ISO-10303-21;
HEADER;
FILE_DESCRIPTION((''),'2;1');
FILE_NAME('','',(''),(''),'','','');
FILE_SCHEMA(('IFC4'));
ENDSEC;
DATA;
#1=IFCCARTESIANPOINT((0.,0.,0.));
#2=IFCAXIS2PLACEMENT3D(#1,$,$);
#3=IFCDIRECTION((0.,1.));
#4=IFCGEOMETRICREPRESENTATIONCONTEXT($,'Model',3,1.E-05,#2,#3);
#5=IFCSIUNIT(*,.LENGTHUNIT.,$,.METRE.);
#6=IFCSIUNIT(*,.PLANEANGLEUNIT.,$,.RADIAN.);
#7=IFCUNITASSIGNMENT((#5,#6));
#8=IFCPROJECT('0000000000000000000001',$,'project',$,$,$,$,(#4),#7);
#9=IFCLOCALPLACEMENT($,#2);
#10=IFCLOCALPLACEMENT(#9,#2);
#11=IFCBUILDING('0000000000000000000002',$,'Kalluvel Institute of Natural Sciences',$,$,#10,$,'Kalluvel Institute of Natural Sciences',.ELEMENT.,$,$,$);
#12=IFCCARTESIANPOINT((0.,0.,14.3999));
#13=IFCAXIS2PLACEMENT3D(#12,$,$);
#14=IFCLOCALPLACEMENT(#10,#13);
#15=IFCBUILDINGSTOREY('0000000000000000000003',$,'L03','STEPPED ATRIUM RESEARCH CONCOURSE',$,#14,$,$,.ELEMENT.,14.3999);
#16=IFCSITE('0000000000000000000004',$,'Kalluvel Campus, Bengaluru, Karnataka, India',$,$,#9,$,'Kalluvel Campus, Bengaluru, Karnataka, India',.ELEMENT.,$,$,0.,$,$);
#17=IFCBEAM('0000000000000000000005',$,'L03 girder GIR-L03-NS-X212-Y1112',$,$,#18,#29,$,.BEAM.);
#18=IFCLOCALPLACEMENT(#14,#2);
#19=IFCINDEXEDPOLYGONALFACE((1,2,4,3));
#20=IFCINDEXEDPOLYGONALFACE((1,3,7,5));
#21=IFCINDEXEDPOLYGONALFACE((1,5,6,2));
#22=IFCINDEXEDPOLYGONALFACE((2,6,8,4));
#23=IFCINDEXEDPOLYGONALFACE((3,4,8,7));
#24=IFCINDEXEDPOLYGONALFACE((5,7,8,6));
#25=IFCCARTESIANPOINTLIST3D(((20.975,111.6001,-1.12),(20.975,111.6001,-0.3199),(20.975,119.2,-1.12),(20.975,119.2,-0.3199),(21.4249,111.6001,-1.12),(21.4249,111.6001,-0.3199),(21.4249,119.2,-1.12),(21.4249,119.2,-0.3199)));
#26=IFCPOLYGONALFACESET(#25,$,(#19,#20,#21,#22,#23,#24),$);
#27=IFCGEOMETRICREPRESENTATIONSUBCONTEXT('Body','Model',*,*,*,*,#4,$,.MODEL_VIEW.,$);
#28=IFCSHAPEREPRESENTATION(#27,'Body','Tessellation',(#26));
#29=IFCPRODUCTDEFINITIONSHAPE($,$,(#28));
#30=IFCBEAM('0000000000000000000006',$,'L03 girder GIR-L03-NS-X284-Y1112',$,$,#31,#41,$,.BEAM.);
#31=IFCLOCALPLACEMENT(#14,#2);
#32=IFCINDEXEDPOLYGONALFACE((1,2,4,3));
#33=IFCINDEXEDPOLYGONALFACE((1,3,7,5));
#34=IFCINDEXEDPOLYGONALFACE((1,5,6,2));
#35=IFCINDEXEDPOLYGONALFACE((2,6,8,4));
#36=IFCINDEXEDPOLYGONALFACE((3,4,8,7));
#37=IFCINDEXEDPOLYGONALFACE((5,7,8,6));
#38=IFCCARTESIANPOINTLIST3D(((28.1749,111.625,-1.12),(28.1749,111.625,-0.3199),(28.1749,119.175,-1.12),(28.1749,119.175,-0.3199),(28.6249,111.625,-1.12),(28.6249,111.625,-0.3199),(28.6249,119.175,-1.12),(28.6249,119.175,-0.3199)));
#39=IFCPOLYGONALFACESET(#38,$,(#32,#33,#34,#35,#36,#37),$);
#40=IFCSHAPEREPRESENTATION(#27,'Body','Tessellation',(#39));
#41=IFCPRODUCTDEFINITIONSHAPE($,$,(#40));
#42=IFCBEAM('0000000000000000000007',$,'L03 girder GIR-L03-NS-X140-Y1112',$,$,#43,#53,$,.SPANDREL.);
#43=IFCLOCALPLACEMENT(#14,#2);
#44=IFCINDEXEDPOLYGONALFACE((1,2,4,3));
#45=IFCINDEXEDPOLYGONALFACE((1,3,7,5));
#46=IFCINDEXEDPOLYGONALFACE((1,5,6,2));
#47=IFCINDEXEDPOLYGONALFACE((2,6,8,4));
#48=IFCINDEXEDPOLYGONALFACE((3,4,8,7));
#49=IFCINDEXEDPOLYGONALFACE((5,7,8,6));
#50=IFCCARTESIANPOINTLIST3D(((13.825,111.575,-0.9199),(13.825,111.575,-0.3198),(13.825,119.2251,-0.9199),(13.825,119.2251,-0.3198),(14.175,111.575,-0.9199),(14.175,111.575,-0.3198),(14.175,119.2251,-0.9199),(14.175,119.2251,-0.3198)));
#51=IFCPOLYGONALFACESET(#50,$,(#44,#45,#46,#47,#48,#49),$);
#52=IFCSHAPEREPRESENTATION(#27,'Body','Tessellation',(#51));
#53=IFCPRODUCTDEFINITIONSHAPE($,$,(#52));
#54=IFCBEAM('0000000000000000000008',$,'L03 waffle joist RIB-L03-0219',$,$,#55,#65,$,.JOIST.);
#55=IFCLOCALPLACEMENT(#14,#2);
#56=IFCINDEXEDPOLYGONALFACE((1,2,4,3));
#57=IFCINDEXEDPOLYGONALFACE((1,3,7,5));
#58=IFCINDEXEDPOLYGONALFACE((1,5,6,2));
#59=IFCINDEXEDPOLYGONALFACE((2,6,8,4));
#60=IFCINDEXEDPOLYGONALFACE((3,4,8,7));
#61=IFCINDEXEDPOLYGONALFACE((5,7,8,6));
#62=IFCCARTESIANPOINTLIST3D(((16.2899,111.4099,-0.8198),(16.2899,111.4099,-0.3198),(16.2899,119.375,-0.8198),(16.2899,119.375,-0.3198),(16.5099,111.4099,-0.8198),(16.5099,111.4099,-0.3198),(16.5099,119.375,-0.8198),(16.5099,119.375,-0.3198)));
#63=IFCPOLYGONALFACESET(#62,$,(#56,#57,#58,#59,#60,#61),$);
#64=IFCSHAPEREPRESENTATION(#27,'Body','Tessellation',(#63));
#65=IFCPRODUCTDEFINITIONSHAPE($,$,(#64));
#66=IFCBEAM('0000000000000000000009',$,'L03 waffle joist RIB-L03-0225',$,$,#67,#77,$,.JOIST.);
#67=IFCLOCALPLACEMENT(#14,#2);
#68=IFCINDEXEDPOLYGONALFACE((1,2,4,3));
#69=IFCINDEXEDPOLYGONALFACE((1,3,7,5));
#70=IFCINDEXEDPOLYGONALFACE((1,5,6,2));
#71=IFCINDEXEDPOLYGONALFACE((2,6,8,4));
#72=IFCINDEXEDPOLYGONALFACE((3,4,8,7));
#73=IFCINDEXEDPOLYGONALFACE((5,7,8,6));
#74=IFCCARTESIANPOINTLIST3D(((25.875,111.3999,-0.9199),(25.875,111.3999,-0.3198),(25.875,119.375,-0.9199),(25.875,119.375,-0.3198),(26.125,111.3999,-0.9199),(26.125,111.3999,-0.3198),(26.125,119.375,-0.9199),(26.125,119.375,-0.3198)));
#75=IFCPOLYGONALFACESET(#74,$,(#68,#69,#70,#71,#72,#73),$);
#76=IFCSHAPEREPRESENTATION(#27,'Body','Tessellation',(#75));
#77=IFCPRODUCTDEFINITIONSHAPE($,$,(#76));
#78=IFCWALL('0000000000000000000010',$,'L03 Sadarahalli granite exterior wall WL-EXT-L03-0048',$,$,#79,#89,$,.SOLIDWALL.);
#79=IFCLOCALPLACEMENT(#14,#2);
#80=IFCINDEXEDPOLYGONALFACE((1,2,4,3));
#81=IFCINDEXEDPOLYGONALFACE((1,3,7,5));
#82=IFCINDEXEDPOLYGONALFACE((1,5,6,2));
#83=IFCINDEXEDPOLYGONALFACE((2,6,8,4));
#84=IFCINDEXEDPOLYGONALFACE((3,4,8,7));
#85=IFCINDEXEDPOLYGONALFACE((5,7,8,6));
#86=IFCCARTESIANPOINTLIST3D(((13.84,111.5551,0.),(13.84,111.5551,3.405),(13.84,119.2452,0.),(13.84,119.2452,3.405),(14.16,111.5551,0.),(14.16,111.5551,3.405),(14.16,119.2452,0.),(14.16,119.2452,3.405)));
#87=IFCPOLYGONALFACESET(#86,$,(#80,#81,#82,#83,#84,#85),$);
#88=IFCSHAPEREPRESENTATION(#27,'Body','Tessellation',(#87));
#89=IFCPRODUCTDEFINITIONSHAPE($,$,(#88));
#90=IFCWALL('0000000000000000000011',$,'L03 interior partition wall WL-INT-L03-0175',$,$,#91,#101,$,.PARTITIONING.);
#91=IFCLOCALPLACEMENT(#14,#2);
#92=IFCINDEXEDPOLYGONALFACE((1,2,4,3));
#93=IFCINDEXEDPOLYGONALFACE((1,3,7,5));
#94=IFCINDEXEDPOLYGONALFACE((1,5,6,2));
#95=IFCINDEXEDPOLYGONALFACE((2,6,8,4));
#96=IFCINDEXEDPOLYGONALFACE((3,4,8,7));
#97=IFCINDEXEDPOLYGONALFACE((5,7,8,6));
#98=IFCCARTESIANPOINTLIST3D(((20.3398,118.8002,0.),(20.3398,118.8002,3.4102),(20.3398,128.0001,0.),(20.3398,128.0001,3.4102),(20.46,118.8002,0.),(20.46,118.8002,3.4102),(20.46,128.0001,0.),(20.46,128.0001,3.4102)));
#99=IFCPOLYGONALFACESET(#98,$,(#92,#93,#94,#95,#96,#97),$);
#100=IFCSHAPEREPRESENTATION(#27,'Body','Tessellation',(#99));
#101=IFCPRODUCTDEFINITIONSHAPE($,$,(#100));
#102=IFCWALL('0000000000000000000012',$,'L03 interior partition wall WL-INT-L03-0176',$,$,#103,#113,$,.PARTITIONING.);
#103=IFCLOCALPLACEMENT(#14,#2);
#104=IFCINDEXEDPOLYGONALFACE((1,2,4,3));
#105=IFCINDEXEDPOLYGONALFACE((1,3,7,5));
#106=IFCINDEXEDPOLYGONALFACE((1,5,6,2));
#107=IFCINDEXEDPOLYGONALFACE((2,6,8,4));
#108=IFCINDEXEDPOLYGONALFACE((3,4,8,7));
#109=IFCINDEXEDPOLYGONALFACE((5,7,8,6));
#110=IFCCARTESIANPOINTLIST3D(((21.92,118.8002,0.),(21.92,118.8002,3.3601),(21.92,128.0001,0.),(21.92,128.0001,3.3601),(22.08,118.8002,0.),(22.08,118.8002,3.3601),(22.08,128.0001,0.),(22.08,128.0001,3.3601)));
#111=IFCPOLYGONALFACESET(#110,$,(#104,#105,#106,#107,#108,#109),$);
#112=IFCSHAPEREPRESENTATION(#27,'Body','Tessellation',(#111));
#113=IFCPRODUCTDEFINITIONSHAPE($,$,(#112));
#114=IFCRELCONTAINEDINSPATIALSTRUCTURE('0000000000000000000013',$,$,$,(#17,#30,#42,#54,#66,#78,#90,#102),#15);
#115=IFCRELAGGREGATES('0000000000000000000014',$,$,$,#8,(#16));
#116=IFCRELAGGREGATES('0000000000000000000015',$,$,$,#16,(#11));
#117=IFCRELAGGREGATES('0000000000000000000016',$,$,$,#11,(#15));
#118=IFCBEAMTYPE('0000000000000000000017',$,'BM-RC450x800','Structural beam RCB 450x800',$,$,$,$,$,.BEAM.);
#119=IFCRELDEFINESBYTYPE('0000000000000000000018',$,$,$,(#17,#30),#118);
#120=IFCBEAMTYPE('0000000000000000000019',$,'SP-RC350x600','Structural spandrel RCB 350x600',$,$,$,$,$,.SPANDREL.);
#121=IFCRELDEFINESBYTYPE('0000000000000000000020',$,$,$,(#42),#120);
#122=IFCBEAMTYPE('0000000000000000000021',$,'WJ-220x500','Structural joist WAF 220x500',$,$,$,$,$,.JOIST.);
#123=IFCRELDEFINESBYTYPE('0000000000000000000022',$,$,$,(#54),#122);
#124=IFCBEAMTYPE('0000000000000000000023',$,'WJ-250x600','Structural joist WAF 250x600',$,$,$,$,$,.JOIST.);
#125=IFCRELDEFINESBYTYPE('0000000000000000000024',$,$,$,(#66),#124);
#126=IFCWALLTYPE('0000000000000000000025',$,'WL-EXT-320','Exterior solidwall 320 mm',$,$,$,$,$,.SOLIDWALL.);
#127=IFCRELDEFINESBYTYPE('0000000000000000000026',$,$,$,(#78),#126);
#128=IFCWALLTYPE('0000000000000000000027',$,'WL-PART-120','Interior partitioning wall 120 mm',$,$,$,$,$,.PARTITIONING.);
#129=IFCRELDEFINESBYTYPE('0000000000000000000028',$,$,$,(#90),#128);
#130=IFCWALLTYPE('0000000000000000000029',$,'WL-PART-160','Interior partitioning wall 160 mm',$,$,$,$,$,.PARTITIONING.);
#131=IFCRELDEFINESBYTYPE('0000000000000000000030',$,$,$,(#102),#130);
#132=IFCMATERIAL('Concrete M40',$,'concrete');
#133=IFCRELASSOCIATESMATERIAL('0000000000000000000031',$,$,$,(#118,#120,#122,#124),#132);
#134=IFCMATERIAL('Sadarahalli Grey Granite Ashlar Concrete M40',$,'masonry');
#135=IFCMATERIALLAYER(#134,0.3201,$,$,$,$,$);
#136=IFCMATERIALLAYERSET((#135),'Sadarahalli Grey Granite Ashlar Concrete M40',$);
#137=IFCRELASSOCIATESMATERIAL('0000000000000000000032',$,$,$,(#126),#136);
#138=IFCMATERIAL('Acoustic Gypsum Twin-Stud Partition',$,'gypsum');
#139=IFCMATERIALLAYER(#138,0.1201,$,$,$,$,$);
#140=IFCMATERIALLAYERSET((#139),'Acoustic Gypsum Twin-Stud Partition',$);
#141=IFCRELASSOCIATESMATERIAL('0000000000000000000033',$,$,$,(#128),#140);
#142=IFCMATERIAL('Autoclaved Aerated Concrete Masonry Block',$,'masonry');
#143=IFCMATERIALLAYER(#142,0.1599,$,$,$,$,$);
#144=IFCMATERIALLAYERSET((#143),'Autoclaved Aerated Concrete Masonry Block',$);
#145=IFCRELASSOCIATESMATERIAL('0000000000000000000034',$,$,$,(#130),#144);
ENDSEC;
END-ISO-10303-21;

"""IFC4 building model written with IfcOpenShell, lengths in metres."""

from ifc_helpers import new_model, si_unit, direction, frame, frame_2d, origin, origin_2d, place, context, subcontext, project, spatial, rectangle, extrude, material, layer, layer_set, material_profile, profile_set, type_object, element, save


model = new_model("IFC4")

# Units and contexts
model_context = context("Model", 3, precision=1e-05, world=origin(), true_north=direction((0.0, 1.0)))
body_context = subcontext(model_context, "Body", "Model", "MODEL_VIEW")
ifc_project = project(units=[si_unit("LENGTHUNIT", "METRE"), si_unit("PLANEANGLEUNIT", "RADIAN")], contexts=[model_context])

# Site, building, storey
site_placement = place(None, origin())
site = spatial("IfcSite", under=ifc_project, at=site_placement, Name="Kalluvel Campus, Bengaluru, Karnataka, India", LongName="Kalluvel Campus, Bengaluru, Karnataka, India", CompositionType="ELEMENT", RefElevation=0.0)
building_placement = place(site_placement, origin())
building = spatial("IfcBuilding", under=site, at=building_placement, Name="Kalluvel Institute of Natural Sciences", LongName="Kalluvel Institute of Natural Sciences", CompositionType="ELEMENT")
storey_placement = place(building_placement, frame((0.0, 0.0, 14.3999)))
storey = spatial("IfcBuildingStorey", under=building, at=storey_placement, Name="L03", Description="STEPPED ATRIUM RESEARCH CONCOURSE", CompositionType="ELEMENT", Elevation=14.3999)

# Beams
ifc_material_1 = material(Name="Concrete M40", Category="concrete")
ifc_material_profile_1 = material_profile(ifc_material_1, rectangle(XDim=0.45, YDim=0.8, at=origin_2d()), Name="RCB 450x800")
ifc_profile_set_1 = profile_set([ifc_material_profile_1], Name="Concrete M40")
beam_type_1 = type_object("IfcBeamType", Name="BM-RC450x800", Description="Structural beam RCB 450x800", PredefinedType="BEAM", material=ifc_profile_set_1)
beam_1_placement = place(storey_placement, frame((21.2, 111.6001, -0.72), z_axis=(0.0, 1.0, 0.0), x_axis=(-1.0, 0.0, 0.0)))
element("IfcBeam", 1, at=beam_1_placement, inside=storey, type_object=beam_type_1, Name="L03 girder GIR-L03-NS-X212-Y1112", PredefinedType="BEAM", context=body_context, shape_type="SweptSolid", body=[
    extrude(rectangle(XDim=0.45, YDim=0.8, at=origin_2d()), origin(), (0.0, 0.0, 1.0), 7.5999),
])
beam_2_placement = place(storey_placement, frame((28.3999, 111.625, -0.72), z_axis=(0.0, 1.0, 0.0), x_axis=(-1.0, 0.0, 0.0)))
element("IfcBeam", 2, at=beam_2_placement, inside=storey, type_object=beam_type_1, Name="L03 girder GIR-L03-NS-X284-Y1112", PredefinedType="BEAM", context=body_context, shape_type="SweptSolid", body=[
    extrude(rectangle(XDim=0.45, YDim=0.8, at=origin_2d()), origin(), (0.0, 0.0, 1.0), 7.55),
])
ifc_material_profile_2 = material_profile(ifc_material_1, rectangle(XDim=0.3501, YDim=0.6001, at=origin_2d()), Name="RCB 350x600")
ifc_profile_set_2 = profile_set([ifc_material_profile_2], Name="Concrete M40")
beam_type_2 = type_object("IfcBeamType", Name="SP-RC350x600", Description="Structural spandrel RCB 350x600", PredefinedType="SPANDREL", material=ifc_profile_set_2)
beam_3_placement = place(storey_placement, frame((14.0, 111.575, -0.6199), z_axis=(0.0, 1.0, 0.0), x_axis=(-1.0, 0.0, 0.0)))
element("IfcBeam", 3, at=beam_3_placement, inside=storey, type_object=beam_type_2, Name="L03 girder GIR-L03-NS-X140-Y1112", PredefinedType="SPANDREL", context=body_context, shape_type="SweptSolid", body=[
    extrude(rectangle(XDim=0.3501, YDim=0.6001, at=origin_2d()), origin(), (0.0, 0.0, 1.0), 7.6501),
])
ifc_material_profile_3 = material_profile(ifc_material_1, rectangle(XDim=0.22, YDim=0.5, at=origin_2d()), Name="WAF 220x500")
ifc_profile_set_3 = profile_set([ifc_material_profile_3], Name="Concrete M40")
beam_type_3 = type_object("IfcBeamType", Name="WJ-220x500", Description="Structural joist WAF 220x500", PredefinedType="JOIST", material=ifc_profile_set_3)
beam_4_placement = place(storey_placement, frame((16.3999, 111.4099, -0.5698), z_axis=(0.0, 1.0, 0.0), x_axis=(-1.0, 0.0, 0.0)))
element("IfcBeam", 4, at=beam_4_placement, inside=storey, type_object=beam_type_3, Name="L03 waffle joist RIB-L03-0219", PredefinedType="JOIST", context=body_context, shape_type="SweptSolid", body=[
    extrude(rectangle(XDim=0.22, YDim=0.5, at=origin_2d()), origin(), (0.0, 0.0, 1.0), 7.9651),
])
ifc_material_profile_4 = material_profile(ifc_material_1, rectangle(XDim=0.25, YDim=0.6001, at=origin_2d()), Name="WAF 250x600")
ifc_profile_set_4 = profile_set([ifc_material_profile_4], Name="Concrete M40")
beam_type_4 = type_object("IfcBeamType", Name="WJ-250x600", Description="Structural joist WAF 250x600", PredefinedType="JOIST", material=ifc_profile_set_4)
beam_5_placement = place(storey_placement, frame((26.0, 111.3999, -0.6199), z_axis=(0.0, 1.0, 0.0), x_axis=(-1.0, 0.0, 0.0)))
element("IfcBeam", 5, at=beam_5_placement, inside=storey, type_object=beam_type_4, Name="L03 waffle joist RIB-L03-0225", PredefinedType="JOIST", context=body_context, shape_type="SweptSolid", body=[
    extrude(rectangle(XDim=0.25, YDim=0.6001, at=origin_2d()), origin(), (0.0, 0.0, 1.0), 7.9751),
])

# Walls
ifc_material_2 = material(Name="Sadarahalli Grey Granite Ashlar Concrete M40", Category="masonry")
ifc_layer_1 = layer(ifc_material_2, 0.3201)
ifc_layer_set_1 = layer_set([ifc_layer_1], Name="Sadarahalli Grey Granite Ashlar Concrete M40")
wall_type_1 = type_object("IfcWallType", Name="WL-EXT-320", Description="Exterior solidwall 320 mm", PredefinedType="SOLIDWALL", material=ifc_layer_set_1)
wall_1_placement = place(storey_placement, frame((14.0, 111.5549, 0.0), z_axis=(0.0, 0.0, 1.0), x_axis=(0.0, 1.0, 0.0)))
element("IfcWall", 6, at=wall_1_placement, inside=storey, type_object=wall_type_1, Name="L03 Sadarahalli granite exterior wall WL-EXT-L03-0048", PredefinedType="SOLIDWALL", context=body_context, shape_type="SweptSolid", body=[
    extrude(rectangle(XDim=7.6902, YDim=0.3201, at=frame_2d((3.8452, 0.0))), origin(), (0.0, 0.0, 1.0), 3.405),
])
ifc_material_3 = material(Name="Acoustic Gypsum Twin-Stud Partition", Category="gypsum")
ifc_layer_2 = layer(ifc_material_3, 0.1201)
ifc_layer_set_2 = layer_set([ifc_layer_2], Name="Acoustic Gypsum Twin-Stud Partition")
wall_type_2 = type_object("IfcWallType", Name="WL-PART-120", Description="Interior partitioning wall 120 mm", PredefinedType="PARTITIONING", material=ifc_layer_set_2)
wall_2_placement = place(storey_placement, frame((20.3999, 118.8, 0.0), z_axis=(0.0, 0.0, 1.0), x_axis=(0.0, 1.0, 0.0)))
element("IfcWall", 7, at=wall_2_placement, inside=storey, type_object=wall_type_2, Name="L03 interior partition wall WL-INT-L03-0175", PredefinedType="PARTITIONING", context=body_context, shape_type="SweptSolid", body=[
    extrude(rectangle(XDim=9.2, YDim=0.1201, at=frame_2d((4.6001, 0.0))), origin(), (0.0, 0.0, 1.0), 3.4102),
])

# Shared definitions
ifc_material_4 = material(Name="Autoclaved Aerated Concrete Masonry Block", Category="masonry")
ifc_layer_3 = layer(ifc_material_4, 0.1599)
ifc_layer_set_3 = layer_set([ifc_layer_3], Name="Autoclaved Aerated Concrete Masonry Block")
wall_type_3 = type_object("IfcWallType", Name="WL-PART-160", Description="Interior partitioning wall 160 mm", PredefinedType="PARTITIONING", material=ifc_layer_set_3)

# Wall
wall_3_placement = place(storey_placement, frame((22.0, 118.8, 0.0), z_axis=(0.0, 0.0, 1.0), x_axis=(0.0, 1.0, 0.0)))
element("IfcWall", 8, at=wall_3_placement, inside=storey, type_object=wall_type_3, Name="L03 interior partition wall WL-INT-L03-0176", PredefinedType="PARTITIONING", context=body_context, shape_type="SweptSolid", body=[
    extrude(rectangle(XDim=9.2, YDim=0.1599, at=frame_2d((4.6001, 0.0))), origin(), (0.0, 0.0, 1.0), 3.3601),
])

save(model, "model.ifc")
